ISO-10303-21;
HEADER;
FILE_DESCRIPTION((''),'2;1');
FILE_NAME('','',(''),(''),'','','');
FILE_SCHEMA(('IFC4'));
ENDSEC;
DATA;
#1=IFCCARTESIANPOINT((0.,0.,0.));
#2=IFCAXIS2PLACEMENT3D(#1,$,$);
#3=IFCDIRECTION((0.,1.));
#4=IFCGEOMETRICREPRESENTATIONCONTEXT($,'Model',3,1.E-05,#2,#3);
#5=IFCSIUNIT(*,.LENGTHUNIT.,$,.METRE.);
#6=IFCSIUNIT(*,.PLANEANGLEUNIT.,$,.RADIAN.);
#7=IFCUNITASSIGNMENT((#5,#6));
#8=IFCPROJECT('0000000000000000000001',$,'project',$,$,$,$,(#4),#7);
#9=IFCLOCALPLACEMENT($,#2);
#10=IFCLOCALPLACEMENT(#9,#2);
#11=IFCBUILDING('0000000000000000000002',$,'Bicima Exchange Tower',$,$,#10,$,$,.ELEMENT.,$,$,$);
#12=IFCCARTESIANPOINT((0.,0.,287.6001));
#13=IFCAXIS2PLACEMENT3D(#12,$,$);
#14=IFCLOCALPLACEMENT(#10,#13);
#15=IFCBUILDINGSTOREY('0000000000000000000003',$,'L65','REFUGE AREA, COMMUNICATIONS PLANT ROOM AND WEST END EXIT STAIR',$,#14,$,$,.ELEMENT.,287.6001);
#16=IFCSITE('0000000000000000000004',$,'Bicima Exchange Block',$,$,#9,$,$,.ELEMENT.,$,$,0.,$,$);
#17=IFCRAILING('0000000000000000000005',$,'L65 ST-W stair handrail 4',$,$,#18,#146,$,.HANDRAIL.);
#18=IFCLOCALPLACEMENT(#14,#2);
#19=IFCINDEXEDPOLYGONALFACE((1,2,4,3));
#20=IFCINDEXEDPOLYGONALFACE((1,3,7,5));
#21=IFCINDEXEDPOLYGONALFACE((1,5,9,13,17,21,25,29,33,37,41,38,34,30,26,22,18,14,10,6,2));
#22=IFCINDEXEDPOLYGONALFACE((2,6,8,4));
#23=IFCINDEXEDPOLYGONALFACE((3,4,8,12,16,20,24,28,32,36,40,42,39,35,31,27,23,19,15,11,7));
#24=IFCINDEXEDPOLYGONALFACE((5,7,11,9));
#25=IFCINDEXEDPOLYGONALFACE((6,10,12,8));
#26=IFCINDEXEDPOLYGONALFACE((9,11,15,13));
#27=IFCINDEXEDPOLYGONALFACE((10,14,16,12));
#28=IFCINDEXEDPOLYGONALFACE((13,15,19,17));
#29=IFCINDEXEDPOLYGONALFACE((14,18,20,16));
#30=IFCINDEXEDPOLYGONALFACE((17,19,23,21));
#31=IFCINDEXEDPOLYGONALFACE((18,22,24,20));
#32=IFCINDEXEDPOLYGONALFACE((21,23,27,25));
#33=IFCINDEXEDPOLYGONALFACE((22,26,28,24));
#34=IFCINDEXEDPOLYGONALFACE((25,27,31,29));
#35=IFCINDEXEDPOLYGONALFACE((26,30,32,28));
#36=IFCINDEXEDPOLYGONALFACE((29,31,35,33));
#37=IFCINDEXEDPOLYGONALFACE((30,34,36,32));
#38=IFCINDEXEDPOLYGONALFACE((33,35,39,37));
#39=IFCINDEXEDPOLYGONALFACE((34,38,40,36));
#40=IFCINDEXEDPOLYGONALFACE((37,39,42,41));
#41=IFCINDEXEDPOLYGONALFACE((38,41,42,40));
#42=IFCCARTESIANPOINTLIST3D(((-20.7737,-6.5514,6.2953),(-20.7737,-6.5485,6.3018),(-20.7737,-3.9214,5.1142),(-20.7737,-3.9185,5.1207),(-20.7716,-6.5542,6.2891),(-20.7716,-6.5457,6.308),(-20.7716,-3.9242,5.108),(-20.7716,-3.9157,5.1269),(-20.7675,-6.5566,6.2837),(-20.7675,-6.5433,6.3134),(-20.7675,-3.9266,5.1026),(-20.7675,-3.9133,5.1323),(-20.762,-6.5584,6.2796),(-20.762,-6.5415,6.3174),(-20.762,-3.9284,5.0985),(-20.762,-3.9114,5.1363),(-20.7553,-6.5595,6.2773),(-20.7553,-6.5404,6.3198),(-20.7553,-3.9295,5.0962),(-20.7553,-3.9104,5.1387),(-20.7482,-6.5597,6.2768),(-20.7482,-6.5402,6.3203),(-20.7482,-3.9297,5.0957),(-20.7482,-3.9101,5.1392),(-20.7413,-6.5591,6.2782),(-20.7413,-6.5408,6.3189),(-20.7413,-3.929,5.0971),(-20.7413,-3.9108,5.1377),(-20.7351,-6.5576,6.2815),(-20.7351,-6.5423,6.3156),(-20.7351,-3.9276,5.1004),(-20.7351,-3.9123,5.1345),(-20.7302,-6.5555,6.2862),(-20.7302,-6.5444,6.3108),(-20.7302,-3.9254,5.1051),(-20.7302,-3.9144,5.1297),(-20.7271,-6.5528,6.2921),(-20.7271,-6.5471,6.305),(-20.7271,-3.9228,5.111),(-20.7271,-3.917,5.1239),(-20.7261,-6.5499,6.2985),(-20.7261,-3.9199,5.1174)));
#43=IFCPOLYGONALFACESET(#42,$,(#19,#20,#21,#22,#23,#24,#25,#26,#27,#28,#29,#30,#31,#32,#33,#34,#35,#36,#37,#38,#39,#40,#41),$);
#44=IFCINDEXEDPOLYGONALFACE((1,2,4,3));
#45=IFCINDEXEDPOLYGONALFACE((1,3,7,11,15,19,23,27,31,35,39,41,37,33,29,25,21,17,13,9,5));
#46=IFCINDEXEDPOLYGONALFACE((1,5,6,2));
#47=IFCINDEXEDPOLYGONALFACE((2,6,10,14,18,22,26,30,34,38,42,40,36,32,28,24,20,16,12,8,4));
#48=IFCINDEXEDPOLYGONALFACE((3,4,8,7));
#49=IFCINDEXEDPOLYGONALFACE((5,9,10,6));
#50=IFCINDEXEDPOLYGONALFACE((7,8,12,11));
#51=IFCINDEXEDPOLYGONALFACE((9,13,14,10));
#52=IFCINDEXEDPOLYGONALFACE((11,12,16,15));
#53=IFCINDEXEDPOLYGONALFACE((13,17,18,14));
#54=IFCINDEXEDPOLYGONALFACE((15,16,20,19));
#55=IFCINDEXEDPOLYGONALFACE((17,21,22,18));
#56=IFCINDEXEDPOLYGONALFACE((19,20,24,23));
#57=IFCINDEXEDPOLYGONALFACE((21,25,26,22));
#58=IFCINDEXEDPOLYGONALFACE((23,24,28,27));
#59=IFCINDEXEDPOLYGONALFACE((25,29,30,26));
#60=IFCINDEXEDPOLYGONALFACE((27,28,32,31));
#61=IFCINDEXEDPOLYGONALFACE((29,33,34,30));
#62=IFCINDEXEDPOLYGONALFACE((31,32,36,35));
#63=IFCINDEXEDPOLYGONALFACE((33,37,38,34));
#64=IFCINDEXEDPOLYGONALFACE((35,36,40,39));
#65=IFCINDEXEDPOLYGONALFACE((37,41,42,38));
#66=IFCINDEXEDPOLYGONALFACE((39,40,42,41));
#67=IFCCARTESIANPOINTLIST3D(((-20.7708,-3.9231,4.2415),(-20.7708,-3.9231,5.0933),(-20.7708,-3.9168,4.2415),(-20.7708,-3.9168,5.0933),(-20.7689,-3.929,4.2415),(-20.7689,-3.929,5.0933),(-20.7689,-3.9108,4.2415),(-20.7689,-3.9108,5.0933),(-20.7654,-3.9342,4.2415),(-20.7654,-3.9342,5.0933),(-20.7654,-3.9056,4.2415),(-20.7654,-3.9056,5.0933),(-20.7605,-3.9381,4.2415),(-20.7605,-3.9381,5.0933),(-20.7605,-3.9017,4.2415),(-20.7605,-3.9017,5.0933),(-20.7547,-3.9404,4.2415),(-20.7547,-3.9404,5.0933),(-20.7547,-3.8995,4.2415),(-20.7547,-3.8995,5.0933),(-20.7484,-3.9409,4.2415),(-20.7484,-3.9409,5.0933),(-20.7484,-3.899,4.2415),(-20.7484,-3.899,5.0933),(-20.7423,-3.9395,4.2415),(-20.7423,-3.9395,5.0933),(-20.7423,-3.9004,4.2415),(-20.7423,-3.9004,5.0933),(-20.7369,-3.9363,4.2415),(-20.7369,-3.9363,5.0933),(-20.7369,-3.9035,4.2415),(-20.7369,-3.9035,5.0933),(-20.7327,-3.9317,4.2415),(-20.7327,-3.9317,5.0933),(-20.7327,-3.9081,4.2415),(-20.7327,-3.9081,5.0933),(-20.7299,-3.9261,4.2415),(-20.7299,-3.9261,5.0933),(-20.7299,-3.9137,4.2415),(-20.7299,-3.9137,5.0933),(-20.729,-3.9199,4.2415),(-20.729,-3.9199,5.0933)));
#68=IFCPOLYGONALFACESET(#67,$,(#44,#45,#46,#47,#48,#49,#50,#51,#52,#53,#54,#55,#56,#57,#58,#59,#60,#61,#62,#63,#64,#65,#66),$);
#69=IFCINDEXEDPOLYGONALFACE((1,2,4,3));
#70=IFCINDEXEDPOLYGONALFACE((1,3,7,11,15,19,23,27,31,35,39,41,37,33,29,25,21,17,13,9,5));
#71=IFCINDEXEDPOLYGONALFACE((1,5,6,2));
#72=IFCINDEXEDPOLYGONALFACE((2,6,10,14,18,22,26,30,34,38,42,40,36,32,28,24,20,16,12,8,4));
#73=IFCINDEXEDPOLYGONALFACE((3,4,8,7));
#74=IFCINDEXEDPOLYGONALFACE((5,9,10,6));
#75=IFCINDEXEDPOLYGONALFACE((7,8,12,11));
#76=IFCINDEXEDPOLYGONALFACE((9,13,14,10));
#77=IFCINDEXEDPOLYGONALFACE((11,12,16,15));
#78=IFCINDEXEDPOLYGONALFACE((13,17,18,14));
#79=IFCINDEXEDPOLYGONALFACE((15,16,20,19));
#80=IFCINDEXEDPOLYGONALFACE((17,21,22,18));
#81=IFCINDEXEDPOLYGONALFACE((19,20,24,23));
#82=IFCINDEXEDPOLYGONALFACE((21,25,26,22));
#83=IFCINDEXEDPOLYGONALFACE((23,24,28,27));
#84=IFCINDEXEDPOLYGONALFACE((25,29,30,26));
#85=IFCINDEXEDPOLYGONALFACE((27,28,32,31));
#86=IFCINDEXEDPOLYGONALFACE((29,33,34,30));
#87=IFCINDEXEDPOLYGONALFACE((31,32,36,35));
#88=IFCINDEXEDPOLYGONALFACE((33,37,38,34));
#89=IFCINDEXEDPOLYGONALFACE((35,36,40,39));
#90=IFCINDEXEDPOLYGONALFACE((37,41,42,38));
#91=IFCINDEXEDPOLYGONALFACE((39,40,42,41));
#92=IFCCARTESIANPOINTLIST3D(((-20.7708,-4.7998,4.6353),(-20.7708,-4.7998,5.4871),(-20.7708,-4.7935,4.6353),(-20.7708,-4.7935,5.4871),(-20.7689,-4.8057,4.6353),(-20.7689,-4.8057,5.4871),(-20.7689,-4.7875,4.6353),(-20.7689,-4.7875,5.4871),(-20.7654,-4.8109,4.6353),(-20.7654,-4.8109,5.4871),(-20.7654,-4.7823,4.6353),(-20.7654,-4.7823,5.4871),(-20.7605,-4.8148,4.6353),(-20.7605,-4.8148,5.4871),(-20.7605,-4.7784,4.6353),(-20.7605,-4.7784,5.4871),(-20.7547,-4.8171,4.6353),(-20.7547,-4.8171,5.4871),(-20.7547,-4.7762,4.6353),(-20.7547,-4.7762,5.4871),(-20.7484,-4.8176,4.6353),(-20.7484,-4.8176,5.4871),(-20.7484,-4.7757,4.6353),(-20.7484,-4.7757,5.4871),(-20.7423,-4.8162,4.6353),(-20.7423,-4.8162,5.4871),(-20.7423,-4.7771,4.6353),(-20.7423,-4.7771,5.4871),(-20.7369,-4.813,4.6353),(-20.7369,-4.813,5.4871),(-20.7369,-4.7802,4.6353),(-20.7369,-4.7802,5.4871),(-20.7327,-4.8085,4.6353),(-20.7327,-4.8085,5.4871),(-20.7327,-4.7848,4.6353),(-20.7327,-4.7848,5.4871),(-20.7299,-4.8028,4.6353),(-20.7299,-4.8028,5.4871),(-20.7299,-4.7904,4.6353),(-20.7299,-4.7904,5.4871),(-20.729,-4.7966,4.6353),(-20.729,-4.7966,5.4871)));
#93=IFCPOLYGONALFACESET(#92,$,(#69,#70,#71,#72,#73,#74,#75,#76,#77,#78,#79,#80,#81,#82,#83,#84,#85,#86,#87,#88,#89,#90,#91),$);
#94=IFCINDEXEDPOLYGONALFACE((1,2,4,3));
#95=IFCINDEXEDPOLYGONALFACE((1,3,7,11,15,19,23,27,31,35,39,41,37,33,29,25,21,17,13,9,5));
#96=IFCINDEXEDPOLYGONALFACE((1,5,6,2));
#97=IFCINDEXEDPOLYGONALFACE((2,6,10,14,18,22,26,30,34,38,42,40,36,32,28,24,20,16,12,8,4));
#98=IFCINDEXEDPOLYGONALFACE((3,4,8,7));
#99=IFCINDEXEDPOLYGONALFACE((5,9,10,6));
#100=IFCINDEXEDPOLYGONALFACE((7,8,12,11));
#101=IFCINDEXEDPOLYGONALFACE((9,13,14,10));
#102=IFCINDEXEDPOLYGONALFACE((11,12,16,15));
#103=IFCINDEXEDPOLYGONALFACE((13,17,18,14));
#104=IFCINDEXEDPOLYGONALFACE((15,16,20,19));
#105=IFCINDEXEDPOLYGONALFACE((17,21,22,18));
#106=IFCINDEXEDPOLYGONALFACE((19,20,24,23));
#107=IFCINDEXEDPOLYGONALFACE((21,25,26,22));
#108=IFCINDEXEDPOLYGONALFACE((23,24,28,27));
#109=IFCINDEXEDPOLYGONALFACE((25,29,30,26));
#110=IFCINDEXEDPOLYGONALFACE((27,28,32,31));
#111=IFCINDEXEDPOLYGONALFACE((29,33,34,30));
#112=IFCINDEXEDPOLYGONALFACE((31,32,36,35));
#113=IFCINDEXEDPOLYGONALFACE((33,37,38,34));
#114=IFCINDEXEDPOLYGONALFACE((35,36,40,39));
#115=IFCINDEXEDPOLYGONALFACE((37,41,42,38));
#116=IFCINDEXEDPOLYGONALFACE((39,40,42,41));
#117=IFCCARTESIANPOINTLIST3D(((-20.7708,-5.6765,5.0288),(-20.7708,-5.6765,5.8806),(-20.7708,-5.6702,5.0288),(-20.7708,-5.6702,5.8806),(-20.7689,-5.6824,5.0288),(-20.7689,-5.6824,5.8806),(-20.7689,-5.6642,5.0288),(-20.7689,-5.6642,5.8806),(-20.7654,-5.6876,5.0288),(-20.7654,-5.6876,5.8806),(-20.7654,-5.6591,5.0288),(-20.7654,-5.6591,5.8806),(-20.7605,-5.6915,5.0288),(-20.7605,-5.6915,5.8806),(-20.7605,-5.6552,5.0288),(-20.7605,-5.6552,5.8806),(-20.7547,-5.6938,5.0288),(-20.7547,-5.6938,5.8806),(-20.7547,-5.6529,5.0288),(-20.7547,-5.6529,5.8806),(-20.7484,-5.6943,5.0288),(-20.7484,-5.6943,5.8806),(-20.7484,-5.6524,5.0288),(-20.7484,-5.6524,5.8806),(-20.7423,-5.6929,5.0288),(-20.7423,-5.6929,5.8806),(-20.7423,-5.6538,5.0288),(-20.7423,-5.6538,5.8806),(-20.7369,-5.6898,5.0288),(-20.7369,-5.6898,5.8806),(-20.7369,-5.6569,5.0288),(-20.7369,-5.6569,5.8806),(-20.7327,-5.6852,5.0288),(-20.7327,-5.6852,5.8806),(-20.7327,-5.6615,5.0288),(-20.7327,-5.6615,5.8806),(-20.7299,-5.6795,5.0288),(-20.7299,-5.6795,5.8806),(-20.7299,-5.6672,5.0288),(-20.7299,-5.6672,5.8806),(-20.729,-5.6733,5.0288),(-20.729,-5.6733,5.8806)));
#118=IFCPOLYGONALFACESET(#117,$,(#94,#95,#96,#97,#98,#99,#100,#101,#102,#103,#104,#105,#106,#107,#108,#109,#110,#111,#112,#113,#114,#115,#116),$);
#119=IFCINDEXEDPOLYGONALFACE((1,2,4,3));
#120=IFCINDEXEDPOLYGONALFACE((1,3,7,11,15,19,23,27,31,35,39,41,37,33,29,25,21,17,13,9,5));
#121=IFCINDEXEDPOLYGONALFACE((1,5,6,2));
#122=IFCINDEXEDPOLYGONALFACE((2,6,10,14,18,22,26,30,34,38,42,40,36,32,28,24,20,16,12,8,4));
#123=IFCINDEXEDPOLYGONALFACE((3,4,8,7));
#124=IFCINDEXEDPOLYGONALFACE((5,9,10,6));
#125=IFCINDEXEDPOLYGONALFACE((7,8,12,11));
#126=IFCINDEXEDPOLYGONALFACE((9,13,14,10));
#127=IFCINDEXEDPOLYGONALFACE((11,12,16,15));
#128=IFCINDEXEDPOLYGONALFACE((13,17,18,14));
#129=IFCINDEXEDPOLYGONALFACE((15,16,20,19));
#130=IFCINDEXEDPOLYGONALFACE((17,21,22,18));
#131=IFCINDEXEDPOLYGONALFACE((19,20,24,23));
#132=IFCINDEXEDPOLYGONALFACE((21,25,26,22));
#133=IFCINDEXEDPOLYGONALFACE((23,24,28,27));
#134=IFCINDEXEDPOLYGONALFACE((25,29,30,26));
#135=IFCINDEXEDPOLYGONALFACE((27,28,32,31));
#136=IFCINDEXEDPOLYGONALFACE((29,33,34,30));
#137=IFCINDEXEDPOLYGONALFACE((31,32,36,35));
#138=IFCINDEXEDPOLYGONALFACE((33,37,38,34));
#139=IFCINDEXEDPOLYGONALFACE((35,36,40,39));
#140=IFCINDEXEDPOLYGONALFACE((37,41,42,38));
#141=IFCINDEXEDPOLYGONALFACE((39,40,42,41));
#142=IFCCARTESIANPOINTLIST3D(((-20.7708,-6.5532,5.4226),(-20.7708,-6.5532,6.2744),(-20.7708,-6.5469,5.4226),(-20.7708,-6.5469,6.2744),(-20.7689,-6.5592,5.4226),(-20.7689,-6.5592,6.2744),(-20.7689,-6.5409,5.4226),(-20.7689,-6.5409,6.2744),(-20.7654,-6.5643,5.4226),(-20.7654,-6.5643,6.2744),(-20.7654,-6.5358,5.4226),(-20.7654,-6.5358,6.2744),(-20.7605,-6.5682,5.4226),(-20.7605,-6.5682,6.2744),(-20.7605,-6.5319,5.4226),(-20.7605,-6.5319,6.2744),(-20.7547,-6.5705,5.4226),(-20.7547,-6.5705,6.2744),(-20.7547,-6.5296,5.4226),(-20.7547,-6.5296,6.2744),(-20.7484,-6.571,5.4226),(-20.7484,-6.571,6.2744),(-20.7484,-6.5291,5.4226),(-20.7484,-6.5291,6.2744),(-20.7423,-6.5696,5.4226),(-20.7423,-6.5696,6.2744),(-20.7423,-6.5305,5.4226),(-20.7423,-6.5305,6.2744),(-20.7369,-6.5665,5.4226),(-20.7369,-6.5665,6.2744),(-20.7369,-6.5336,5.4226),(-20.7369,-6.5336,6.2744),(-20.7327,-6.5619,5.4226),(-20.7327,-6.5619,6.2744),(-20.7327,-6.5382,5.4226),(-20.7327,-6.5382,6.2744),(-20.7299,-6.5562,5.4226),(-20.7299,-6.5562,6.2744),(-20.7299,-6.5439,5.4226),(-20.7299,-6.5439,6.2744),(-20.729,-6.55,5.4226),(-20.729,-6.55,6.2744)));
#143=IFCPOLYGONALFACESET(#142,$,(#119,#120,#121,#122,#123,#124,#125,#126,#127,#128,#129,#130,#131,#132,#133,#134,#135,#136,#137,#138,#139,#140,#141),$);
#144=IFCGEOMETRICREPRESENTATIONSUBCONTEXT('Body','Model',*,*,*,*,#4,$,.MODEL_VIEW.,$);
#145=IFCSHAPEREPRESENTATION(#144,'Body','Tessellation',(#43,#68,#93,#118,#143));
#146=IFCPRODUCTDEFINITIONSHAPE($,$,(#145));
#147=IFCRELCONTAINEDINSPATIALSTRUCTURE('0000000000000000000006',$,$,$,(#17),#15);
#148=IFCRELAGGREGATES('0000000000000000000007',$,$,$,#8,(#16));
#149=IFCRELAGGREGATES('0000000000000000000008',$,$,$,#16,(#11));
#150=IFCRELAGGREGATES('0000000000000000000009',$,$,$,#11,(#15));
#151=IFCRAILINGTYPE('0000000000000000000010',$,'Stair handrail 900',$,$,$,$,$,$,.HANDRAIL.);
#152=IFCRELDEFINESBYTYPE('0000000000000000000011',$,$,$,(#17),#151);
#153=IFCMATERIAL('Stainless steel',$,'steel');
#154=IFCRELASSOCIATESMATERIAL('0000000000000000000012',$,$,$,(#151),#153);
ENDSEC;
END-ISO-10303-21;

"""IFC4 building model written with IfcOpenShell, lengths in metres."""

from ifc_helpers import new_model, si_unit, direction, frame, origin, origin_2d, place, context, subcontext, project, spatial, circle, extrude, material, type_object, element, save


model = new_model("IFC4")

# Units and contexts
model_context = context("Model", 3, precision=1e-05, world=origin(), true_north=direction((0.0, 1.0)))
body_context = subcontext(model_context, "Body", "Model", "MODEL_VIEW")
ifc_project = project(units=[si_unit("LENGTHUNIT", "METRE"), si_unit("PLANEANGLEUNIT", "RADIAN")], contexts=[model_context])

# Site, building, storey
site_placement = place(None, origin())
site = spatial("IfcSite", under=ifc_project, at=site_placement, Name="Bicima Exchange Block", CompositionType="ELEMENT", RefElevation=0.0)
building_placement = place(site_placement, origin())
building = spatial("IfcBuilding", under=site, at=building_placement, Name="Bicima Exchange Tower", CompositionType="ELEMENT")
storey_placement = place(building_placement, frame((0.0, 0.0, 287.6001)))
storey = spatial("IfcBuildingStorey", under=building, at=storey_placement, Name="L65", Description="REFUGE AREA, COMMUNICATIONS PLANT ROOM AND WEST END EXIT STAIR", CompositionType="ELEMENT", Elevation=287.6001)

# Railing
ifc_material_1 = material(Name="Stainless steel", Category="steel")
railing_type = type_object("IfcRailingType", Name="Stair handrail 900", PredefinedType="HANDRAIL", material=ifc_material_1)
railing_1_placement = place(storey_placement, frame((-20.75, -3.9199, 4.2415)))
element("IfcRailing", 1, at=railing_1_placement, inside=storey, type_object=railing_type, Name="L65 ST-W stair handrail 4", PredefinedType="HANDRAIL", context=body_context, shape_type="SweptSolid", body=[
    extrude(circle(Radius=0.0239, at=origin_2d()), frame((0.0, 0.0, 0.876), z_axis=(0.0, -0.912233, 0.409671), x_axis=(1.0, 0.0, 0.0)), (0.0, 0.0, 1.0), 2.8831),
    extrude(circle(Radius=0.021, at=origin_2d()), origin(), (0.0, 0.0, 1.0), 0.8518),
    extrude(circle(Radius=0.021, at=origin_2d()), frame((0.0, -0.8767, 0.3938)), (0.0, 0.0, 1.0), 0.8518),
    extrude(circle(Radius=0.021, at=origin_2d()), frame((0.0, -1.7534, 0.7874)), (0.0, 0.0, 1.0), 0.8518),
    extrude(circle(Radius=0.021, at=origin_2d()), frame((0.0, -2.6301, 1.1812)), (0.0, 0.0, 1.0), 0.8518),
])

save(model, "model.ifc")
